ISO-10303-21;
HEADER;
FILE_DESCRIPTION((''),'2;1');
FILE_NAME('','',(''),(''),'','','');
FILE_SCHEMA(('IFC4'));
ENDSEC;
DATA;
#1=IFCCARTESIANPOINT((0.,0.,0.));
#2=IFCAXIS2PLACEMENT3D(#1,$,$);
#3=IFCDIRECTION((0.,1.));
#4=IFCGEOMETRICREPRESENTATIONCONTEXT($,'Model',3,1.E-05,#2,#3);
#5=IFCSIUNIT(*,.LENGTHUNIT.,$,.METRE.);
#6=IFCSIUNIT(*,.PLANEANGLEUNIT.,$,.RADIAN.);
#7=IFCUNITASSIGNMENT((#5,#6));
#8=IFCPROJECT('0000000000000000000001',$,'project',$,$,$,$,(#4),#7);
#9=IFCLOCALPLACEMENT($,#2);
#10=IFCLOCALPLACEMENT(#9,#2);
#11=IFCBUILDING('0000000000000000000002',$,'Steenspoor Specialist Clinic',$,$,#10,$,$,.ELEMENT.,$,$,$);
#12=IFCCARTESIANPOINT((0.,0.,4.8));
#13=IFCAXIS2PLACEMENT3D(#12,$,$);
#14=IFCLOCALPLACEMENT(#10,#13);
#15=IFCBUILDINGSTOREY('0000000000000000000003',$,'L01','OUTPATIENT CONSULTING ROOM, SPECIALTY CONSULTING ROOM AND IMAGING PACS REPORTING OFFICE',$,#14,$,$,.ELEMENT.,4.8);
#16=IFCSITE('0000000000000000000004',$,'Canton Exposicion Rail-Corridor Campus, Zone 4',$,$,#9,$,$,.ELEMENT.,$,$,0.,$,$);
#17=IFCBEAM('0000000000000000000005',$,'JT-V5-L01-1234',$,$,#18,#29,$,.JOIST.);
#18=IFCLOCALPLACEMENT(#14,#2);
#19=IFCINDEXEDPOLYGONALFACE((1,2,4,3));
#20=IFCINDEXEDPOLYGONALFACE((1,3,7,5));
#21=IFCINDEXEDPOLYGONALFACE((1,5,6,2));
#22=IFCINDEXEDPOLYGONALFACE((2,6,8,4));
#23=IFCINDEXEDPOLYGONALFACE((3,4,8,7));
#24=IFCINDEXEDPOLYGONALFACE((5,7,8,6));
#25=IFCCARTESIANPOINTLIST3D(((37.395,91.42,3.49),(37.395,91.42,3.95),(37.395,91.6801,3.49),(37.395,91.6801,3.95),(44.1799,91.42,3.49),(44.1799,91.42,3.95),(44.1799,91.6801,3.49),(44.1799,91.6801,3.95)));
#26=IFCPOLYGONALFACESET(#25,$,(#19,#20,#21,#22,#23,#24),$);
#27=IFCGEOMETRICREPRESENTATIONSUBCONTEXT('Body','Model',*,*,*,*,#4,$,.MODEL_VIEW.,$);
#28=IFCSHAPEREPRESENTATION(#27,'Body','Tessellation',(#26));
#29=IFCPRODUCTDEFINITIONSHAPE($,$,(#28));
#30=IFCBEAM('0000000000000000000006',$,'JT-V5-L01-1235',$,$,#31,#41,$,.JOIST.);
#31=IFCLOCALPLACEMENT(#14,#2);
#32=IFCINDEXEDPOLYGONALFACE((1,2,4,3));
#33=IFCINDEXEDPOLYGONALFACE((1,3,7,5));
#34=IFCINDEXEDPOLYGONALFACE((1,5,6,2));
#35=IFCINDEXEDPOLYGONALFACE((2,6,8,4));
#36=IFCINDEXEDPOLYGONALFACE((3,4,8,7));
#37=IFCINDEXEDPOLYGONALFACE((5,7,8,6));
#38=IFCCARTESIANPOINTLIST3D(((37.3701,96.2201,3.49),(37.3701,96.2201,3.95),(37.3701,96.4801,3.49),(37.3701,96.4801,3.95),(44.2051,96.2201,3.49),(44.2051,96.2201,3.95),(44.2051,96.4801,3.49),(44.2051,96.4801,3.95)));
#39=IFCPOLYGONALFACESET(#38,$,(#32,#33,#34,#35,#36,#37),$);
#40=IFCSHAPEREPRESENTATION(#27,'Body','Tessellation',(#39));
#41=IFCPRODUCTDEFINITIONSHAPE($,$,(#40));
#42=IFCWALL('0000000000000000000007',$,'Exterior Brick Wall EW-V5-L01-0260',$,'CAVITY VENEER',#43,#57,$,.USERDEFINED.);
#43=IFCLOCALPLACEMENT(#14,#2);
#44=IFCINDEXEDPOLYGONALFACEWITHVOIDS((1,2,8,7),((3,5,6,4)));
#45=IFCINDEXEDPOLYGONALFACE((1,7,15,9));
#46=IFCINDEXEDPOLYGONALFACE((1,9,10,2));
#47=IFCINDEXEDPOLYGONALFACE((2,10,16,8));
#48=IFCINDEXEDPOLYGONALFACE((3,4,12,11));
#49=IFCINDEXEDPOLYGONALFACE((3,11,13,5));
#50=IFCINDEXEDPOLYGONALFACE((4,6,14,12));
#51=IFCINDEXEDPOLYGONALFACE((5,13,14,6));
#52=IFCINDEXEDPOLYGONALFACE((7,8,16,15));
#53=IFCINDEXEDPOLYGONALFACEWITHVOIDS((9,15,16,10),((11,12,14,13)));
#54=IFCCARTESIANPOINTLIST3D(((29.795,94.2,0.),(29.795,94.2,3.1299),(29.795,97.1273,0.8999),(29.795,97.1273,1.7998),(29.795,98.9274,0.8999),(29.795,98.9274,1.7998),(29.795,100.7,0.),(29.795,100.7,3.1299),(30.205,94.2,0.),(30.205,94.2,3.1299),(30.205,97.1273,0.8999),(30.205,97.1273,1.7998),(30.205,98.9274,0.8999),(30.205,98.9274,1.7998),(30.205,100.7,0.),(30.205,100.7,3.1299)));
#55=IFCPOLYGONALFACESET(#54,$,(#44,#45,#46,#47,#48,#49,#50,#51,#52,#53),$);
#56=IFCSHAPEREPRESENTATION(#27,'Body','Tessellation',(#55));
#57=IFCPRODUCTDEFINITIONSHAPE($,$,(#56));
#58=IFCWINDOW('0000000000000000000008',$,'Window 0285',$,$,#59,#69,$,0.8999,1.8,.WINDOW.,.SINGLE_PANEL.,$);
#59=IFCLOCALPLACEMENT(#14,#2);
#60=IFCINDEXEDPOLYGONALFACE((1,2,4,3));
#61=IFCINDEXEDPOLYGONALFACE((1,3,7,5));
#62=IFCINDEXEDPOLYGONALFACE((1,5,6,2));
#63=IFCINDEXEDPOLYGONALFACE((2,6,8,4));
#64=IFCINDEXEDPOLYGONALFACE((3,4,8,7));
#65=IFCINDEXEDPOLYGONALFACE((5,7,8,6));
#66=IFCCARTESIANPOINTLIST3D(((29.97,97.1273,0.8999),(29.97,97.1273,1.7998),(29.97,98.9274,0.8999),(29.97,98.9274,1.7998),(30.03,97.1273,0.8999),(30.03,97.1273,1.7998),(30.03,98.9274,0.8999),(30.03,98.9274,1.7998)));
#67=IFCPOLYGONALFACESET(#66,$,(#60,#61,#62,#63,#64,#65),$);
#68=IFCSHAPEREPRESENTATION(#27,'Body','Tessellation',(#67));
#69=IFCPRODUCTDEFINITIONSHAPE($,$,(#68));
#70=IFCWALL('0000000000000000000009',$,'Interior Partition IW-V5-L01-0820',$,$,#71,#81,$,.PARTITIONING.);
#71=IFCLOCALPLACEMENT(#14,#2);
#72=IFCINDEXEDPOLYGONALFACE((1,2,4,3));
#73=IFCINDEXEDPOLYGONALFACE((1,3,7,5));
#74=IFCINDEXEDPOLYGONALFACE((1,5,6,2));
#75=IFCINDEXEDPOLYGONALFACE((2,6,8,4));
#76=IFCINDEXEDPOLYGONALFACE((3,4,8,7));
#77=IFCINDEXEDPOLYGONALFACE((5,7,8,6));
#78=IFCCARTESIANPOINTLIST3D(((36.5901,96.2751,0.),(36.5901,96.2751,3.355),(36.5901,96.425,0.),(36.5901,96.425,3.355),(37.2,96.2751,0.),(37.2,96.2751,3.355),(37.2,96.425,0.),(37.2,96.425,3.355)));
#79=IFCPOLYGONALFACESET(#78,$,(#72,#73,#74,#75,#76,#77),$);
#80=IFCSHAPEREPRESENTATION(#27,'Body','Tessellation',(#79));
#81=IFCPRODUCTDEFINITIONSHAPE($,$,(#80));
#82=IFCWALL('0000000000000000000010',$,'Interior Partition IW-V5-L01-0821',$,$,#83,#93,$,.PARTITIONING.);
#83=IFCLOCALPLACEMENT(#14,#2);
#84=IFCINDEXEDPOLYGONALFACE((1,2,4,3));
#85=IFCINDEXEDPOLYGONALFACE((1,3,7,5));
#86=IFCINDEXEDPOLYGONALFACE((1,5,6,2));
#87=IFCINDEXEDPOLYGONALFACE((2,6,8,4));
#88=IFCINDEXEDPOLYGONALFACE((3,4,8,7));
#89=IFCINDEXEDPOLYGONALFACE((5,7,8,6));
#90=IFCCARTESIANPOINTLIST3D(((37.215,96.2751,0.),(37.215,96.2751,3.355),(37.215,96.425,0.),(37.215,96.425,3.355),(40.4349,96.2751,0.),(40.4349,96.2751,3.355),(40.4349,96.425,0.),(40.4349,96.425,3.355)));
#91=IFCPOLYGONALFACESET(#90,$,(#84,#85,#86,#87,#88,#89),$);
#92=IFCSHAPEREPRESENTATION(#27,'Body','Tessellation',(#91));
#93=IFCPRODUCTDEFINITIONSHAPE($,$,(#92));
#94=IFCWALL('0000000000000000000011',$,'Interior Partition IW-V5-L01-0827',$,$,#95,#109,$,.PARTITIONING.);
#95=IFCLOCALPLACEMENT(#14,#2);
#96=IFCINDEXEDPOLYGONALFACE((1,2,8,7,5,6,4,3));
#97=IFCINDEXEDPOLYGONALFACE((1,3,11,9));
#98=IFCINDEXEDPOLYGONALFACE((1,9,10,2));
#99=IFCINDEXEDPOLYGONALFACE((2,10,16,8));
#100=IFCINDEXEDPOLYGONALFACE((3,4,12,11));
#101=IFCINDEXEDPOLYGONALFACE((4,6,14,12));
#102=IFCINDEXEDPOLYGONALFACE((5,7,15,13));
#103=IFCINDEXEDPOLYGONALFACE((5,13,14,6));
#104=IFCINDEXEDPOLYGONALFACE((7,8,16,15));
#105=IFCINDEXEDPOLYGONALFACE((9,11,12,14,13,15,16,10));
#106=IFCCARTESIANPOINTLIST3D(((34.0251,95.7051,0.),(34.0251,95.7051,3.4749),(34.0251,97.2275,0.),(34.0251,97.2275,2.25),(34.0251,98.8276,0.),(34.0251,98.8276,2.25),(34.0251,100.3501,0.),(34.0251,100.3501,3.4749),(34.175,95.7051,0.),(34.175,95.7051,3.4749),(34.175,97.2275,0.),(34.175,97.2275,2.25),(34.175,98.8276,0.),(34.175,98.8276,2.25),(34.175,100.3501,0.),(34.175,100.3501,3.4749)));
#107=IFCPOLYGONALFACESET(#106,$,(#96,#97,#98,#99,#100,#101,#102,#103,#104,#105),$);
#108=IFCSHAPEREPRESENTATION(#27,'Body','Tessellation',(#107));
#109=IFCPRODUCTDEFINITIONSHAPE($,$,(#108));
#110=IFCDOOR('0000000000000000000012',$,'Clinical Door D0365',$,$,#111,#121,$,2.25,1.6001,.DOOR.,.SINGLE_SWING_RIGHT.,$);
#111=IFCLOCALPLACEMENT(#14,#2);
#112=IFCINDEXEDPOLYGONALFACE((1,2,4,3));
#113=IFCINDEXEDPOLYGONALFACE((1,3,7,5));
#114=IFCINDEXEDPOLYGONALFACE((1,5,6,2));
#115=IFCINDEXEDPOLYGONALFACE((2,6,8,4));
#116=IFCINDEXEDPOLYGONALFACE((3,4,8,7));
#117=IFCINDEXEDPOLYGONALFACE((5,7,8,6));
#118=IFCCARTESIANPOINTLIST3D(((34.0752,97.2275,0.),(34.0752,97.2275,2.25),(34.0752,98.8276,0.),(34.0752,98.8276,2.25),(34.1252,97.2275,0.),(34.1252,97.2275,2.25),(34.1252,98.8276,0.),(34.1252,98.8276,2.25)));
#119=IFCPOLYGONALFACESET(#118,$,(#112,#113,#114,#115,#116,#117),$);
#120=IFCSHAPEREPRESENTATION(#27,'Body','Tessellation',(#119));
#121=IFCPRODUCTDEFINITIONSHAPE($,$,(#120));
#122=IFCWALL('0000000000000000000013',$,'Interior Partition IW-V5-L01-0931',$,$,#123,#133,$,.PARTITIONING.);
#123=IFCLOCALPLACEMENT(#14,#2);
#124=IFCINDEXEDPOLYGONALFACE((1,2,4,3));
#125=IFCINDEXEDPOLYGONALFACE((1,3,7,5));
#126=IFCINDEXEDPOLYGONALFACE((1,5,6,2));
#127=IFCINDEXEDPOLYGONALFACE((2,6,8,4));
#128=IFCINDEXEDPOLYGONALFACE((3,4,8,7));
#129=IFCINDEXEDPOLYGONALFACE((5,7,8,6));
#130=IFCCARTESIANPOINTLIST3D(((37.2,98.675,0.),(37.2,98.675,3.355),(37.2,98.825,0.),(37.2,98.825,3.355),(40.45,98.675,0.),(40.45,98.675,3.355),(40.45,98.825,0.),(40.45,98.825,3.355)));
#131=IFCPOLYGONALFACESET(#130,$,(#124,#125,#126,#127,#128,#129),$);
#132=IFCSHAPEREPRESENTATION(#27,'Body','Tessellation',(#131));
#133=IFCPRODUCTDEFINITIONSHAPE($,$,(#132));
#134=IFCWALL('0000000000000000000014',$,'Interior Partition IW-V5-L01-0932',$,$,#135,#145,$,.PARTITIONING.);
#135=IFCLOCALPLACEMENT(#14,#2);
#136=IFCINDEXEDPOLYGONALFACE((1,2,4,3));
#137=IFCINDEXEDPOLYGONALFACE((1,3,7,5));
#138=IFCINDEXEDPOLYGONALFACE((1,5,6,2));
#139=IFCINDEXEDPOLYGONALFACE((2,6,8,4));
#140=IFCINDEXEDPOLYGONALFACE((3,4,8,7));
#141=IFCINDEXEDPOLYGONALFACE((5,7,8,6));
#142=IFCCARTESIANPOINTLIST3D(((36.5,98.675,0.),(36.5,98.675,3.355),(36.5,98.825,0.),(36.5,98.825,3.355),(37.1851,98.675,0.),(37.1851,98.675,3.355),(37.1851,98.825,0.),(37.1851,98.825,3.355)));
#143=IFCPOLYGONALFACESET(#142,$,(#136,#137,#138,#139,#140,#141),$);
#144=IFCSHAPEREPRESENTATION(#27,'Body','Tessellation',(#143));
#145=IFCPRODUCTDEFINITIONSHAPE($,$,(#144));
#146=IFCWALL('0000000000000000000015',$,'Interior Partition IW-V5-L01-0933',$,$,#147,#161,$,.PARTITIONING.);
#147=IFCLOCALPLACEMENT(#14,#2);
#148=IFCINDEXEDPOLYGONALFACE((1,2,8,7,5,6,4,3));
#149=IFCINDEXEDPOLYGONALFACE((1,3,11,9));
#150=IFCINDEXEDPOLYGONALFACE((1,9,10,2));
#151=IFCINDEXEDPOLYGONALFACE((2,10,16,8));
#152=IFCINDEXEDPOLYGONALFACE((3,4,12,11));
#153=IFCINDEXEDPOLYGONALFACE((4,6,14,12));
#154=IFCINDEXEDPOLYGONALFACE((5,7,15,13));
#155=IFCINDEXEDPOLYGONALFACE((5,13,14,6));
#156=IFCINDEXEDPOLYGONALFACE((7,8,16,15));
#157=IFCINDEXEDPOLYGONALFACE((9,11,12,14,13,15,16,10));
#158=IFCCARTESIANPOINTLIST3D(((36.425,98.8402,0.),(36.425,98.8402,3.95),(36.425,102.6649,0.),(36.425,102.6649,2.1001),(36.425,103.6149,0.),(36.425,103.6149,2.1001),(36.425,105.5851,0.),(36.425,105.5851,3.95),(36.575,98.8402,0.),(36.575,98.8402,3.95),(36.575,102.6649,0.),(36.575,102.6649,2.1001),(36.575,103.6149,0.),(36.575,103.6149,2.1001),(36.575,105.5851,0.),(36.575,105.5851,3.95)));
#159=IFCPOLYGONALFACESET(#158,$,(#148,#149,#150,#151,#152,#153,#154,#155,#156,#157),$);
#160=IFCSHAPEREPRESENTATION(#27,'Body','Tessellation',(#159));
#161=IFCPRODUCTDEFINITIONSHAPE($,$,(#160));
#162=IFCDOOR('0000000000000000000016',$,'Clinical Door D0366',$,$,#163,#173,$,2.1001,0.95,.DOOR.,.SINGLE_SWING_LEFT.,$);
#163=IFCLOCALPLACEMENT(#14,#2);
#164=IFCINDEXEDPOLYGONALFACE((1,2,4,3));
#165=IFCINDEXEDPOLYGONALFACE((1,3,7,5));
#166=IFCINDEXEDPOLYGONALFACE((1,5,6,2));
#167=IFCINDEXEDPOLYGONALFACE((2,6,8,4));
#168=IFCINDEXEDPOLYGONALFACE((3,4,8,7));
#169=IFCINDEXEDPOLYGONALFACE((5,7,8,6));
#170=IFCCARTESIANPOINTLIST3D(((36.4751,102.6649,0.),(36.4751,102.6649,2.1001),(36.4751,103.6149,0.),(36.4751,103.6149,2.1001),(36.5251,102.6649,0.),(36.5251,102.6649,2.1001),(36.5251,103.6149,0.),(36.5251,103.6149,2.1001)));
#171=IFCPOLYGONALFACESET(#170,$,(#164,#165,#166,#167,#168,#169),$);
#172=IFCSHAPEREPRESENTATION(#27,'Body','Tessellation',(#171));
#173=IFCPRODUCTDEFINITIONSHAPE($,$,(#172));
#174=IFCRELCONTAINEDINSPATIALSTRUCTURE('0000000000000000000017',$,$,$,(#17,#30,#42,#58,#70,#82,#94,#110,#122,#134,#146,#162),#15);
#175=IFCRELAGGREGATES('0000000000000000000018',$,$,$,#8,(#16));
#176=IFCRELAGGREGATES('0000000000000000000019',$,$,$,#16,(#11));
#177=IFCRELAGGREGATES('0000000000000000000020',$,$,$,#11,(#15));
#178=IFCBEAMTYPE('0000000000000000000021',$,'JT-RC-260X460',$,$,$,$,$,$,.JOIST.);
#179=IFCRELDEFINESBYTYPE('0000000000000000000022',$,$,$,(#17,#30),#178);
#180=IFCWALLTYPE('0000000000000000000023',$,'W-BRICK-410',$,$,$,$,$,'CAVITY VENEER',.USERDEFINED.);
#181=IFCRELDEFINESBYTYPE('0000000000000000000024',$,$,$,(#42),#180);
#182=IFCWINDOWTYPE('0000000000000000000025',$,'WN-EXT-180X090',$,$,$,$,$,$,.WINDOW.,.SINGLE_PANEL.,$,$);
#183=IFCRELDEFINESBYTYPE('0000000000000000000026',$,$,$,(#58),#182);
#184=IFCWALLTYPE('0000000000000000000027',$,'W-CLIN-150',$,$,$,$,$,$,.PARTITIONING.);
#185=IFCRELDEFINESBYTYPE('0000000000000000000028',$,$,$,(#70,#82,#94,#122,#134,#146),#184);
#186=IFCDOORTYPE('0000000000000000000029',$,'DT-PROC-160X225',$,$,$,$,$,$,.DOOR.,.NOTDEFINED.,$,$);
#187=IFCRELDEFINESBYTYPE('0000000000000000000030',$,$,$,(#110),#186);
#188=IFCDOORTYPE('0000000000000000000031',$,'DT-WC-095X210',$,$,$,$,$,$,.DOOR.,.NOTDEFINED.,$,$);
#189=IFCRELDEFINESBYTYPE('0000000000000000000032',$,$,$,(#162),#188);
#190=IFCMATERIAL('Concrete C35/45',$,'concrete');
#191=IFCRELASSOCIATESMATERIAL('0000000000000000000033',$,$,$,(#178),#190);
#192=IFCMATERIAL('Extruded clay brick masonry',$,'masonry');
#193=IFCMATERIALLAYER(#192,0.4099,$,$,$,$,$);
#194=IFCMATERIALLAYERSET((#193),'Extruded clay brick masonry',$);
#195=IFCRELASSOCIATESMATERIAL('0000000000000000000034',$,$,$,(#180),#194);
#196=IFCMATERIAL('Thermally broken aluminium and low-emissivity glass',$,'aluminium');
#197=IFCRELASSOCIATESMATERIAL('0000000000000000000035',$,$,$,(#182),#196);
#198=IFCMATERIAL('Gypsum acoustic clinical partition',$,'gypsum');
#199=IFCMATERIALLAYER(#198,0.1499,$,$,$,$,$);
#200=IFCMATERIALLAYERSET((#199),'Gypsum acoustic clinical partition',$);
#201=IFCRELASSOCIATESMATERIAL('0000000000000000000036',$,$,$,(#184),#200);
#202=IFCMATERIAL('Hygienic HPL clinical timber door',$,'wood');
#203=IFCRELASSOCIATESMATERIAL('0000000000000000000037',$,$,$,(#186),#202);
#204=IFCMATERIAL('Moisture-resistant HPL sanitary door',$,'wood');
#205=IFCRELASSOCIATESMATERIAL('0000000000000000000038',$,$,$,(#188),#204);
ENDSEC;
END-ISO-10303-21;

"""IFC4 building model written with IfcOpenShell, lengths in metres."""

from ifc_helpers import new_model, si_unit, direction, frame, frame_2d, origin, origin_2d, place, context, subcontext, project, spatial, rectangle, extrude, material, layer, layer_set, material_profile, profile_set, type_object, element, fill, save


model = new_model("IFC4")

# Units and contexts
model_context = context("Model", 3, precision=1e-05, world=origin(), true_north=direction((0.0, 1.0)))
body_context = subcontext(model_context, "Body", "Model", "MODEL_VIEW")
ifc_project = project(units=[si_unit("LENGTHUNIT", "METRE"), si_unit("PLANEANGLEUNIT", "RADIAN")], contexts=[model_context])

# Site, building, storey
site_placement = place(None, origin())
site = spatial("IfcSite", under=ifc_project, at=site_placement, Name="Canton Exposicion Rail-Corridor Campus, Zone 4", CompositionType="ELEMENT", RefElevation=0.0)
building_placement = place(site_placement, origin())
building = spatial("IfcBuilding", under=site, at=building_placement, Name="Steenspoor Specialist Clinic", CompositionType="ELEMENT")
storey_placement = place(building_placement, frame((0.0, 0.0, 4.8)))
storey = spatial("IfcBuildingStorey", under=building, at=storey_placement, Name="L01", Description="OUTPATIENT CONSULTING ROOM, SPECIALTY CONSULTING ROOM AND IMAGING PACS REPORTING OFFICE", CompositionType="ELEMENT", Elevation=4.8)

# Beams
ifc_material_1 = material(Name="Concrete C35/45", Category="concrete")
ifc_material_profile_1 = material_profile(ifc_material_1, rectangle(XDim=0.26, YDim=0.46, at=origin_2d()), Name="RC-JT-260X460")
ifc_profile_set_1 = profile_set([ifc_material_profile_1], Name="Concrete C35/45")
beam_type_1 = type_object("IfcBeamType", Name="JT-RC-260X460", PredefinedType="JOIST", material=ifc_profile_set_1)
beam_1_placement = place(storey_placement, frame((37.395, 91.55, 3.72), z_axis=(1.0, 0.0, 0.0), x_axis=(0.0, 1.0, 0.0)))
element("IfcBeam", 1, at=beam_1_placement, inside=storey, type_object=beam_type_1, Name="JT-V5-L01-1234", PredefinedType="JOIST", context=body_context, shape_type="SweptSolid", body=[
    extrude(rectangle(XDim=0.26, YDim=0.46, at=origin_2d()), origin(), (0.0, 0.0, 1.0), 6.7849),
])
beam_2_placement = place(storey_placement, frame((37.3701, 96.3501, 3.72), z_axis=(1.0, 0.0, 0.0), x_axis=(0.0, 1.0, 0.0)))
element("IfcBeam", 2, at=beam_2_placement, inside=storey, type_object=beam_type_1, Name="JT-V5-L01-1235", PredefinedType="JOIST", context=body_context, shape_type="SweptSolid", body=[
    extrude(rectangle(XDim=0.26, YDim=0.46, at=origin_2d()), origin(), (0.0, 0.0, 1.0), 6.835),
])

# Wall, opening, window
ifc_material_2 = material(Name="Extruded clay brick masonry", Category="masonry")
ifc_layer_1 = layer(ifc_material_2, 0.4099)
ifc_layer_set_1 = layer_set([ifc_layer_1], Name="Extruded clay brick masonry")
wall_type_1 = type_object("IfcWallType", Name="W-BRICK-410", ElementType="CAVITY VENEER", PredefinedType="USERDEFINED", material=ifc_layer_set_1)
wall_1_placement = place(storey_placement, frame((30.0, 94.2, 0.0), z_axis=(0.0, 0.0, 1.0), x_axis=(0.0, 1.0, 0.0)))
wall_1 = element("IfcWall", 3, at=wall_1_placement, inside=storey, type_object=wall_type_1, Name="Exterior Brick Wall EW-V5-L01-0260", ObjectType="CAVITY VENEER", PredefinedType="USERDEFINED", context=body_context, shape_type="SweptSolid", body=[
    extrude(rectangle(XDim=6.5, YDim=0.4099, at=frame_2d((3.25, 0.0))), origin(), (0.0, 0.0, 1.0), 3.1299),
])
opening_1_placement = place(wall_1_placement, frame((2.9275, 0.0, 0.8999)))
opening_1 = element("IfcOpeningElement", 4, at=opening_1_placement, cuts=wall_1, PredefinedType="OPENING", context=body_context, shape_type="SweptSolid", body=[
    extrude(rectangle(XDim=1.8, YDim=0.8999, at=frame_2d((0.8999, 0.45))), frame((0.0, 0.2148, 0.0), z_axis=(0.0, -1.0, 0.0), x_axis=(1.0, 0.0, 0.0)), (0.0, 0.0, 1.0), 0.4299),
])
ifc_material_3 = material(Name="Thermally broken aluminium and low-emissivity glass", Category="aluminium")
window_type = type_object("IfcWindowType", Name="WN-EXT-180X090", PartitioningType="SINGLE_PANEL", PredefinedType="WINDOW", material=ifc_material_3)
window_placement = place(opening_1_placement, origin())
window = element("IfcWindow", 5, at=window_placement, inside=storey, type_object=window_type, Name="Window 0285", OverallHeight=0.8999, OverallWidth=1.8, PartitioningType="SINGLE_PANEL", PredefinedType="WINDOW", context=body_context, shape_type="SweptSolid", body=[
    extrude(rectangle(XDim=1.8, YDim=0.8999, at=frame_2d((0.8999, 0.45))), frame((0.0, 0.03, 0.0), z_axis=(0.0, -1.0, 0.0), x_axis=(1.0, 0.0, 0.0)), (0.0, 0.0, 1.0), 0.0601),
])
fill(opening_1, window)

# Walls
ifc_material_4 = material(Name="Gypsum acoustic clinical partition", Category="gypsum")
ifc_layer_2 = layer(ifc_material_4, 0.1499)
ifc_layer_set_2 = layer_set([ifc_layer_2], Name="Gypsum acoustic clinical partition")
wall_type_2 = type_object("IfcWallType", Name="W-CLIN-150", PredefinedType="PARTITIONING", material=ifc_layer_set_2)
wall_2_placement = place(storey_placement, frame((36.5901, 96.3501, 0.0), z_axis=(0.0, 0.0, 1.0), x_axis=(1.0, 0.0, 0.0)))
element("IfcWall", 6, at=wall_2_placement, inside=storey, type_object=wall_type_2, Name="Interior Partition IW-V5-L01-0820", PredefinedType="PARTITIONING", context=body_context, shape_type="SweptSolid", body=[
    extrude(rectangle(XDim=0.6099, YDim=0.1499, at=frame_2d((0.3049, 0.0))), origin(), (0.0, 0.0, 1.0), 3.355),
])
wall_3_placement = place(storey_placement, frame((37.2151, 96.3501, 0.0), z_axis=(0.0, 0.0, 1.0), x_axis=(1.0, 0.0, 0.0)))
element("IfcWall", 7, at=wall_3_placement, inside=storey, type_object=wall_type_2, Name="Interior Partition IW-V5-L01-0821", PredefinedType="PARTITIONING", context=body_context, shape_type="SweptSolid", body=[
    extrude(rectangle(XDim=3.22, YDim=0.1499, at=frame_2d((1.6099, 0.0))), origin(), (0.0, 0.0, 1.0), 3.355),
])

# Wall, opening, door
wall_4_placement = place(storey_placement, frame((34.1001, 95.7051, 0.0), z_axis=(0.0, 0.0, 1.0), x_axis=(0.0, 1.0, 0.0)))
wall_4 = element("IfcWall", 8, at=wall_4_placement, inside=storey, type_object=wall_type_2, Name="Interior Partition IW-V5-L01-0827", PredefinedType="PARTITIONING", context=body_context, shape_type="SweptSolid", body=[
    extrude(rectangle(XDim=4.645, YDim=0.1499, at=frame_2d((2.3225, 0.0))), origin(), (0.0, 0.0, 1.0), 3.4749),
])
opening_2_placement = place(wall_4_placement, frame((1.5225, 0.0, 0.0)))
opening_2 = element("IfcOpeningElement", 9, at=opening_2_placement, cuts=wall_4, PredefinedType="OPENING", context=body_context, shape_type="SweptSolid", body=[
    extrude(rectangle(XDim=1.6001, YDim=2.25, at=frame_2d((0.8, 1.125))), frame((0.0, 0.085, 0.0), z_axis=(0.0, -1.0, 0.0), x_axis=(1.0, 0.0, 0.0)), (0.0, 0.0, 1.0), 0.1699),
])
ifc_material_5 = material(Name="Hygienic HPL clinical timber door", Category="wood")
door_type_1 = type_object("IfcDoorType", Name="DT-PROC-160X225", OperationType="NOTDEFINED", PredefinedType="DOOR", material=ifc_material_5)
door_1_placement = place(opening_2_placement, origin())
door_1 = element("IfcDoor", 10, at=door_1_placement, inside=storey, type_object=door_type_1, Name="Clinical Door D0365", OperationType="SINGLE_SWING_RIGHT", OverallHeight=2.25, OverallWidth=1.6001, PredefinedType="DOOR", context=body_context, shape_type="SweptSolid", body=[
    extrude(rectangle(XDim=1.6001, YDim=2.25, at=frame_2d((0.8, 1.125))), frame((0.0, 0.0249, 0.0), z_axis=(0.0, -1.0, 0.0), x_axis=(1.0, 0.0, 0.0)), (0.0, 0.0, 1.0), 0.05),
])
fill(opening_2, door_1)

# Walls
wall_5_placement = place(storey_placement, frame((37.2, 98.75, 0.0), z_axis=(0.0, 0.0, 1.0), x_axis=(1.0, 0.0, 0.0)))
element("IfcWall", 11, at=wall_5_placement, inside=storey, type_object=wall_type_2, Name="Interior Partition IW-V5-L01-0931", PredefinedType="PARTITIONING", context=body_context, shape_type="SweptSolid", body=[
    extrude(rectangle(XDim=3.25, YDim=0.1499, at=frame_2d((1.625, 0.0))), origin(), (0.0, 0.0, 1.0), 3.355),
])
wall_6_placement = place(storey_placement, frame((36.5, 98.75, 0.0), z_axis=(0.0, 0.0, 1.0), x_axis=(1.0, 0.0, 0.0)))
element("IfcWall", 12, at=wall_6_placement, inside=storey, type_object=wall_type_2, Name="Interior Partition IW-V5-L01-0932", PredefinedType="PARTITIONING", context=body_context, shape_type="SweptSolid", body=[
    extrude(rectangle(XDim=0.6851, YDim=0.1499, at=frame_2d((0.3425, 0.0))), origin(), (0.0, 0.0, 1.0), 3.355),
])

# Wall, opening, door
wall_7_placement = place(storey_placement, frame((36.5, 98.8401, 0.0), z_axis=(0.0, 0.0, 1.0), x_axis=(0.0, 1.0, 0.0)))
wall_7 = element("IfcWall", 13, at=wall_7_placement, inside=storey, type_object=wall_type_2, Name="Interior Partition IW-V5-L01-0933", PredefinedType="PARTITIONING", context=body_context, shape_type="SweptSolid", body=[
    extrude(rectangle(XDim=6.7449, YDim=0.1499, at=frame_2d((3.3726, 0.0))), origin(), (0.0, 0.0, 1.0), 3.95),
])
opening_3_placement = place(wall_7_placement, frame((3.8247, 0.0, 0.0)))
opening_3 = element("IfcOpeningElement", 14, at=opening_3_placement, cuts=wall_7, PredefinedType="OPENING", context=body_context, shape_type="SweptSolid", body=[
    extrude(rectangle(XDim=0.95, YDim=2.1001, at=frame_2d((0.4751, 1.05))), frame((0.0, 0.085, 0.0), z_axis=(0.0, -1.0, 0.0), x_axis=(1.0, 0.0, 0.0)), (0.0, 0.0, 1.0), 0.1699),
])
ifc_material_6 = material(Name="Moisture-resistant HPL sanitary door", Category="wood")
door_type_2 = type_object("IfcDoorType", Name="DT-WC-095X210", OperationType="NOTDEFINED", PredefinedType="DOOR", material=ifc_material_6)
door_2_placement = place(opening_3_placement, origin())
door_2 = element("IfcDoor", 15, at=door_2_placement, inside=storey, type_object=door_type_2, Name="Clinical Door D0366", OperationType="SINGLE_SWING_LEFT", OverallHeight=2.1001, OverallWidth=0.95, PredefinedType="DOOR", context=body_context, shape_type="SweptSolid", body=[
    extrude(rectangle(XDim=0.95, YDim=2.1001, at=frame_2d((0.4751, 1.05))), frame((0.0, 0.0249, 0.0), z_axis=(0.0, -1.0, 0.0), x_axis=(1.0, 0.0, 0.0)), (0.0, 0.0, 1.0), 0.05),
])
fill(opening_3, door_2)

save(model, "model.ifc")
